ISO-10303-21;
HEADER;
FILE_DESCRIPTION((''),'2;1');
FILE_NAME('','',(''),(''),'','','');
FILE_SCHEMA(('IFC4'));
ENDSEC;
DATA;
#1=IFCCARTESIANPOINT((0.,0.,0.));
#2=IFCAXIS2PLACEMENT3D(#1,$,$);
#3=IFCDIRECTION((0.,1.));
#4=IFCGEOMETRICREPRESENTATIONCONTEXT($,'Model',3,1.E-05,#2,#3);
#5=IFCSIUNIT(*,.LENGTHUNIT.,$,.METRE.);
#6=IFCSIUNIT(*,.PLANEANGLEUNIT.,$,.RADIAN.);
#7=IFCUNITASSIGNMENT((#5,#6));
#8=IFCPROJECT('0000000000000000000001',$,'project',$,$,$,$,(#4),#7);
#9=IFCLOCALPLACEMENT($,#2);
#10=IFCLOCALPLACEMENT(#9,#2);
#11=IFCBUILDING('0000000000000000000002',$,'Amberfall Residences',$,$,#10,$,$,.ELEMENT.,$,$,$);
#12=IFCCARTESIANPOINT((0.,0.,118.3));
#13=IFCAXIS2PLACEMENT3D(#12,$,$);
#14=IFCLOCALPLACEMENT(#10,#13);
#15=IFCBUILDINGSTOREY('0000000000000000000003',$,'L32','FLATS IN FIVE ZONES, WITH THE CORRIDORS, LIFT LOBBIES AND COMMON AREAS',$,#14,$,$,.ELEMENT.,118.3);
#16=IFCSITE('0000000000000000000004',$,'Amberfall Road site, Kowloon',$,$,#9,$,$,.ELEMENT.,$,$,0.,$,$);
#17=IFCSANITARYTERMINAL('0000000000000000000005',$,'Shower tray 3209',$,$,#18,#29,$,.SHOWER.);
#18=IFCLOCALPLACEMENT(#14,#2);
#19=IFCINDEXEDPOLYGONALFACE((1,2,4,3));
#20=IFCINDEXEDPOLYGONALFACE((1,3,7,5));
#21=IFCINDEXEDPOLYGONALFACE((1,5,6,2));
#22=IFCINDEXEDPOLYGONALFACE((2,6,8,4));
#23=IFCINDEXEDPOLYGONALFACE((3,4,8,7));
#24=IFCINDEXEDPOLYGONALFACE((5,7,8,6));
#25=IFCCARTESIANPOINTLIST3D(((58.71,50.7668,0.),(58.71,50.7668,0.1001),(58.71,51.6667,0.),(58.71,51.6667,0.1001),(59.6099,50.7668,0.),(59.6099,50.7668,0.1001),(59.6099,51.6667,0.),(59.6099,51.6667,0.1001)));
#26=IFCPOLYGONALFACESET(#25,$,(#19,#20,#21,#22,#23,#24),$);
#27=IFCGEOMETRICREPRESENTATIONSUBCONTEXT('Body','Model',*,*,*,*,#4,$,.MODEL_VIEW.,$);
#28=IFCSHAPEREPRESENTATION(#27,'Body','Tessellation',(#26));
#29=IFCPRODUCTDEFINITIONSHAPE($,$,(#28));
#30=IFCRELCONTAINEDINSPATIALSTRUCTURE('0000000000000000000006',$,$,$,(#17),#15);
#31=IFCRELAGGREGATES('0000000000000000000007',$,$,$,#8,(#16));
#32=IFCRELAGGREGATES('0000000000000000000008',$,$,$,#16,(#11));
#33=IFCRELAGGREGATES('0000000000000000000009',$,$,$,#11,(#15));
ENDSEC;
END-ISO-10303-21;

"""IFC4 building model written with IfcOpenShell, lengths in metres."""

from ifc_helpers import new_model, si_unit, direction, frame, origin, origin_2d, place, context, subcontext, project, spatial, rectangle, extrude, element, save


model = new_model("IFC4")

# Units and contexts
model_context = context("Model", 3, precision=1e-05, world=origin(), true_north=direction((0.0, 1.0)))
body_context = subcontext(model_context, "Body", "Model", "MODEL_VIEW")
ifc_project = project(units=[si_unit("LENGTHUNIT", "METRE"), si_unit("PLANEANGLEUNIT", "RADIAN")], contexts=[model_context])

# Site, building, storey
site_placement = place(None, origin())
site = spatial("IfcSite", under=ifc_project, at=site_placement, Name="Amberfall Road site, Kowloon", CompositionType="ELEMENT", RefElevation=0.0)
building_placement = place(site_placement, origin())
building = spatial("IfcBuilding", under=site, at=building_placement, Name="Amberfall Residences", CompositionType="ELEMENT")
storey_placement = place(building_placement, frame((0.0, 0.0, 118.3)))
storey = spatial("IfcBuildingStorey", under=building, at=storey_placement, Name="L32", Description="FLATS IN FIVE ZONES, WITH THE CORRIDORS, LIFT LOBBIES AND COMMON AREAS", CompositionType="ELEMENT", Elevation=118.3)

# Sanitary terminal
sanitary_terminal_1_placement = place(storey_placement, frame((59.1599, 51.2168, 0.0), z_axis=(0.0, 0.0, 1.0), x_axis=(1.0, 0.0, 0.0)))
element("IfcSanitaryTerminal", 1, at=sanitary_terminal_1_placement, inside=storey, Name="Shower tray 3209", PredefinedType="SHOWER", context=body_context, shape_type="SweptSolid", body=[
    extrude(rectangle(XDim=0.8999, YDim=0.8999, at=origin_2d()), origin(), (0.0, 0.0, 1.0), 0.1001),
])

save(model, "model.ifc")
